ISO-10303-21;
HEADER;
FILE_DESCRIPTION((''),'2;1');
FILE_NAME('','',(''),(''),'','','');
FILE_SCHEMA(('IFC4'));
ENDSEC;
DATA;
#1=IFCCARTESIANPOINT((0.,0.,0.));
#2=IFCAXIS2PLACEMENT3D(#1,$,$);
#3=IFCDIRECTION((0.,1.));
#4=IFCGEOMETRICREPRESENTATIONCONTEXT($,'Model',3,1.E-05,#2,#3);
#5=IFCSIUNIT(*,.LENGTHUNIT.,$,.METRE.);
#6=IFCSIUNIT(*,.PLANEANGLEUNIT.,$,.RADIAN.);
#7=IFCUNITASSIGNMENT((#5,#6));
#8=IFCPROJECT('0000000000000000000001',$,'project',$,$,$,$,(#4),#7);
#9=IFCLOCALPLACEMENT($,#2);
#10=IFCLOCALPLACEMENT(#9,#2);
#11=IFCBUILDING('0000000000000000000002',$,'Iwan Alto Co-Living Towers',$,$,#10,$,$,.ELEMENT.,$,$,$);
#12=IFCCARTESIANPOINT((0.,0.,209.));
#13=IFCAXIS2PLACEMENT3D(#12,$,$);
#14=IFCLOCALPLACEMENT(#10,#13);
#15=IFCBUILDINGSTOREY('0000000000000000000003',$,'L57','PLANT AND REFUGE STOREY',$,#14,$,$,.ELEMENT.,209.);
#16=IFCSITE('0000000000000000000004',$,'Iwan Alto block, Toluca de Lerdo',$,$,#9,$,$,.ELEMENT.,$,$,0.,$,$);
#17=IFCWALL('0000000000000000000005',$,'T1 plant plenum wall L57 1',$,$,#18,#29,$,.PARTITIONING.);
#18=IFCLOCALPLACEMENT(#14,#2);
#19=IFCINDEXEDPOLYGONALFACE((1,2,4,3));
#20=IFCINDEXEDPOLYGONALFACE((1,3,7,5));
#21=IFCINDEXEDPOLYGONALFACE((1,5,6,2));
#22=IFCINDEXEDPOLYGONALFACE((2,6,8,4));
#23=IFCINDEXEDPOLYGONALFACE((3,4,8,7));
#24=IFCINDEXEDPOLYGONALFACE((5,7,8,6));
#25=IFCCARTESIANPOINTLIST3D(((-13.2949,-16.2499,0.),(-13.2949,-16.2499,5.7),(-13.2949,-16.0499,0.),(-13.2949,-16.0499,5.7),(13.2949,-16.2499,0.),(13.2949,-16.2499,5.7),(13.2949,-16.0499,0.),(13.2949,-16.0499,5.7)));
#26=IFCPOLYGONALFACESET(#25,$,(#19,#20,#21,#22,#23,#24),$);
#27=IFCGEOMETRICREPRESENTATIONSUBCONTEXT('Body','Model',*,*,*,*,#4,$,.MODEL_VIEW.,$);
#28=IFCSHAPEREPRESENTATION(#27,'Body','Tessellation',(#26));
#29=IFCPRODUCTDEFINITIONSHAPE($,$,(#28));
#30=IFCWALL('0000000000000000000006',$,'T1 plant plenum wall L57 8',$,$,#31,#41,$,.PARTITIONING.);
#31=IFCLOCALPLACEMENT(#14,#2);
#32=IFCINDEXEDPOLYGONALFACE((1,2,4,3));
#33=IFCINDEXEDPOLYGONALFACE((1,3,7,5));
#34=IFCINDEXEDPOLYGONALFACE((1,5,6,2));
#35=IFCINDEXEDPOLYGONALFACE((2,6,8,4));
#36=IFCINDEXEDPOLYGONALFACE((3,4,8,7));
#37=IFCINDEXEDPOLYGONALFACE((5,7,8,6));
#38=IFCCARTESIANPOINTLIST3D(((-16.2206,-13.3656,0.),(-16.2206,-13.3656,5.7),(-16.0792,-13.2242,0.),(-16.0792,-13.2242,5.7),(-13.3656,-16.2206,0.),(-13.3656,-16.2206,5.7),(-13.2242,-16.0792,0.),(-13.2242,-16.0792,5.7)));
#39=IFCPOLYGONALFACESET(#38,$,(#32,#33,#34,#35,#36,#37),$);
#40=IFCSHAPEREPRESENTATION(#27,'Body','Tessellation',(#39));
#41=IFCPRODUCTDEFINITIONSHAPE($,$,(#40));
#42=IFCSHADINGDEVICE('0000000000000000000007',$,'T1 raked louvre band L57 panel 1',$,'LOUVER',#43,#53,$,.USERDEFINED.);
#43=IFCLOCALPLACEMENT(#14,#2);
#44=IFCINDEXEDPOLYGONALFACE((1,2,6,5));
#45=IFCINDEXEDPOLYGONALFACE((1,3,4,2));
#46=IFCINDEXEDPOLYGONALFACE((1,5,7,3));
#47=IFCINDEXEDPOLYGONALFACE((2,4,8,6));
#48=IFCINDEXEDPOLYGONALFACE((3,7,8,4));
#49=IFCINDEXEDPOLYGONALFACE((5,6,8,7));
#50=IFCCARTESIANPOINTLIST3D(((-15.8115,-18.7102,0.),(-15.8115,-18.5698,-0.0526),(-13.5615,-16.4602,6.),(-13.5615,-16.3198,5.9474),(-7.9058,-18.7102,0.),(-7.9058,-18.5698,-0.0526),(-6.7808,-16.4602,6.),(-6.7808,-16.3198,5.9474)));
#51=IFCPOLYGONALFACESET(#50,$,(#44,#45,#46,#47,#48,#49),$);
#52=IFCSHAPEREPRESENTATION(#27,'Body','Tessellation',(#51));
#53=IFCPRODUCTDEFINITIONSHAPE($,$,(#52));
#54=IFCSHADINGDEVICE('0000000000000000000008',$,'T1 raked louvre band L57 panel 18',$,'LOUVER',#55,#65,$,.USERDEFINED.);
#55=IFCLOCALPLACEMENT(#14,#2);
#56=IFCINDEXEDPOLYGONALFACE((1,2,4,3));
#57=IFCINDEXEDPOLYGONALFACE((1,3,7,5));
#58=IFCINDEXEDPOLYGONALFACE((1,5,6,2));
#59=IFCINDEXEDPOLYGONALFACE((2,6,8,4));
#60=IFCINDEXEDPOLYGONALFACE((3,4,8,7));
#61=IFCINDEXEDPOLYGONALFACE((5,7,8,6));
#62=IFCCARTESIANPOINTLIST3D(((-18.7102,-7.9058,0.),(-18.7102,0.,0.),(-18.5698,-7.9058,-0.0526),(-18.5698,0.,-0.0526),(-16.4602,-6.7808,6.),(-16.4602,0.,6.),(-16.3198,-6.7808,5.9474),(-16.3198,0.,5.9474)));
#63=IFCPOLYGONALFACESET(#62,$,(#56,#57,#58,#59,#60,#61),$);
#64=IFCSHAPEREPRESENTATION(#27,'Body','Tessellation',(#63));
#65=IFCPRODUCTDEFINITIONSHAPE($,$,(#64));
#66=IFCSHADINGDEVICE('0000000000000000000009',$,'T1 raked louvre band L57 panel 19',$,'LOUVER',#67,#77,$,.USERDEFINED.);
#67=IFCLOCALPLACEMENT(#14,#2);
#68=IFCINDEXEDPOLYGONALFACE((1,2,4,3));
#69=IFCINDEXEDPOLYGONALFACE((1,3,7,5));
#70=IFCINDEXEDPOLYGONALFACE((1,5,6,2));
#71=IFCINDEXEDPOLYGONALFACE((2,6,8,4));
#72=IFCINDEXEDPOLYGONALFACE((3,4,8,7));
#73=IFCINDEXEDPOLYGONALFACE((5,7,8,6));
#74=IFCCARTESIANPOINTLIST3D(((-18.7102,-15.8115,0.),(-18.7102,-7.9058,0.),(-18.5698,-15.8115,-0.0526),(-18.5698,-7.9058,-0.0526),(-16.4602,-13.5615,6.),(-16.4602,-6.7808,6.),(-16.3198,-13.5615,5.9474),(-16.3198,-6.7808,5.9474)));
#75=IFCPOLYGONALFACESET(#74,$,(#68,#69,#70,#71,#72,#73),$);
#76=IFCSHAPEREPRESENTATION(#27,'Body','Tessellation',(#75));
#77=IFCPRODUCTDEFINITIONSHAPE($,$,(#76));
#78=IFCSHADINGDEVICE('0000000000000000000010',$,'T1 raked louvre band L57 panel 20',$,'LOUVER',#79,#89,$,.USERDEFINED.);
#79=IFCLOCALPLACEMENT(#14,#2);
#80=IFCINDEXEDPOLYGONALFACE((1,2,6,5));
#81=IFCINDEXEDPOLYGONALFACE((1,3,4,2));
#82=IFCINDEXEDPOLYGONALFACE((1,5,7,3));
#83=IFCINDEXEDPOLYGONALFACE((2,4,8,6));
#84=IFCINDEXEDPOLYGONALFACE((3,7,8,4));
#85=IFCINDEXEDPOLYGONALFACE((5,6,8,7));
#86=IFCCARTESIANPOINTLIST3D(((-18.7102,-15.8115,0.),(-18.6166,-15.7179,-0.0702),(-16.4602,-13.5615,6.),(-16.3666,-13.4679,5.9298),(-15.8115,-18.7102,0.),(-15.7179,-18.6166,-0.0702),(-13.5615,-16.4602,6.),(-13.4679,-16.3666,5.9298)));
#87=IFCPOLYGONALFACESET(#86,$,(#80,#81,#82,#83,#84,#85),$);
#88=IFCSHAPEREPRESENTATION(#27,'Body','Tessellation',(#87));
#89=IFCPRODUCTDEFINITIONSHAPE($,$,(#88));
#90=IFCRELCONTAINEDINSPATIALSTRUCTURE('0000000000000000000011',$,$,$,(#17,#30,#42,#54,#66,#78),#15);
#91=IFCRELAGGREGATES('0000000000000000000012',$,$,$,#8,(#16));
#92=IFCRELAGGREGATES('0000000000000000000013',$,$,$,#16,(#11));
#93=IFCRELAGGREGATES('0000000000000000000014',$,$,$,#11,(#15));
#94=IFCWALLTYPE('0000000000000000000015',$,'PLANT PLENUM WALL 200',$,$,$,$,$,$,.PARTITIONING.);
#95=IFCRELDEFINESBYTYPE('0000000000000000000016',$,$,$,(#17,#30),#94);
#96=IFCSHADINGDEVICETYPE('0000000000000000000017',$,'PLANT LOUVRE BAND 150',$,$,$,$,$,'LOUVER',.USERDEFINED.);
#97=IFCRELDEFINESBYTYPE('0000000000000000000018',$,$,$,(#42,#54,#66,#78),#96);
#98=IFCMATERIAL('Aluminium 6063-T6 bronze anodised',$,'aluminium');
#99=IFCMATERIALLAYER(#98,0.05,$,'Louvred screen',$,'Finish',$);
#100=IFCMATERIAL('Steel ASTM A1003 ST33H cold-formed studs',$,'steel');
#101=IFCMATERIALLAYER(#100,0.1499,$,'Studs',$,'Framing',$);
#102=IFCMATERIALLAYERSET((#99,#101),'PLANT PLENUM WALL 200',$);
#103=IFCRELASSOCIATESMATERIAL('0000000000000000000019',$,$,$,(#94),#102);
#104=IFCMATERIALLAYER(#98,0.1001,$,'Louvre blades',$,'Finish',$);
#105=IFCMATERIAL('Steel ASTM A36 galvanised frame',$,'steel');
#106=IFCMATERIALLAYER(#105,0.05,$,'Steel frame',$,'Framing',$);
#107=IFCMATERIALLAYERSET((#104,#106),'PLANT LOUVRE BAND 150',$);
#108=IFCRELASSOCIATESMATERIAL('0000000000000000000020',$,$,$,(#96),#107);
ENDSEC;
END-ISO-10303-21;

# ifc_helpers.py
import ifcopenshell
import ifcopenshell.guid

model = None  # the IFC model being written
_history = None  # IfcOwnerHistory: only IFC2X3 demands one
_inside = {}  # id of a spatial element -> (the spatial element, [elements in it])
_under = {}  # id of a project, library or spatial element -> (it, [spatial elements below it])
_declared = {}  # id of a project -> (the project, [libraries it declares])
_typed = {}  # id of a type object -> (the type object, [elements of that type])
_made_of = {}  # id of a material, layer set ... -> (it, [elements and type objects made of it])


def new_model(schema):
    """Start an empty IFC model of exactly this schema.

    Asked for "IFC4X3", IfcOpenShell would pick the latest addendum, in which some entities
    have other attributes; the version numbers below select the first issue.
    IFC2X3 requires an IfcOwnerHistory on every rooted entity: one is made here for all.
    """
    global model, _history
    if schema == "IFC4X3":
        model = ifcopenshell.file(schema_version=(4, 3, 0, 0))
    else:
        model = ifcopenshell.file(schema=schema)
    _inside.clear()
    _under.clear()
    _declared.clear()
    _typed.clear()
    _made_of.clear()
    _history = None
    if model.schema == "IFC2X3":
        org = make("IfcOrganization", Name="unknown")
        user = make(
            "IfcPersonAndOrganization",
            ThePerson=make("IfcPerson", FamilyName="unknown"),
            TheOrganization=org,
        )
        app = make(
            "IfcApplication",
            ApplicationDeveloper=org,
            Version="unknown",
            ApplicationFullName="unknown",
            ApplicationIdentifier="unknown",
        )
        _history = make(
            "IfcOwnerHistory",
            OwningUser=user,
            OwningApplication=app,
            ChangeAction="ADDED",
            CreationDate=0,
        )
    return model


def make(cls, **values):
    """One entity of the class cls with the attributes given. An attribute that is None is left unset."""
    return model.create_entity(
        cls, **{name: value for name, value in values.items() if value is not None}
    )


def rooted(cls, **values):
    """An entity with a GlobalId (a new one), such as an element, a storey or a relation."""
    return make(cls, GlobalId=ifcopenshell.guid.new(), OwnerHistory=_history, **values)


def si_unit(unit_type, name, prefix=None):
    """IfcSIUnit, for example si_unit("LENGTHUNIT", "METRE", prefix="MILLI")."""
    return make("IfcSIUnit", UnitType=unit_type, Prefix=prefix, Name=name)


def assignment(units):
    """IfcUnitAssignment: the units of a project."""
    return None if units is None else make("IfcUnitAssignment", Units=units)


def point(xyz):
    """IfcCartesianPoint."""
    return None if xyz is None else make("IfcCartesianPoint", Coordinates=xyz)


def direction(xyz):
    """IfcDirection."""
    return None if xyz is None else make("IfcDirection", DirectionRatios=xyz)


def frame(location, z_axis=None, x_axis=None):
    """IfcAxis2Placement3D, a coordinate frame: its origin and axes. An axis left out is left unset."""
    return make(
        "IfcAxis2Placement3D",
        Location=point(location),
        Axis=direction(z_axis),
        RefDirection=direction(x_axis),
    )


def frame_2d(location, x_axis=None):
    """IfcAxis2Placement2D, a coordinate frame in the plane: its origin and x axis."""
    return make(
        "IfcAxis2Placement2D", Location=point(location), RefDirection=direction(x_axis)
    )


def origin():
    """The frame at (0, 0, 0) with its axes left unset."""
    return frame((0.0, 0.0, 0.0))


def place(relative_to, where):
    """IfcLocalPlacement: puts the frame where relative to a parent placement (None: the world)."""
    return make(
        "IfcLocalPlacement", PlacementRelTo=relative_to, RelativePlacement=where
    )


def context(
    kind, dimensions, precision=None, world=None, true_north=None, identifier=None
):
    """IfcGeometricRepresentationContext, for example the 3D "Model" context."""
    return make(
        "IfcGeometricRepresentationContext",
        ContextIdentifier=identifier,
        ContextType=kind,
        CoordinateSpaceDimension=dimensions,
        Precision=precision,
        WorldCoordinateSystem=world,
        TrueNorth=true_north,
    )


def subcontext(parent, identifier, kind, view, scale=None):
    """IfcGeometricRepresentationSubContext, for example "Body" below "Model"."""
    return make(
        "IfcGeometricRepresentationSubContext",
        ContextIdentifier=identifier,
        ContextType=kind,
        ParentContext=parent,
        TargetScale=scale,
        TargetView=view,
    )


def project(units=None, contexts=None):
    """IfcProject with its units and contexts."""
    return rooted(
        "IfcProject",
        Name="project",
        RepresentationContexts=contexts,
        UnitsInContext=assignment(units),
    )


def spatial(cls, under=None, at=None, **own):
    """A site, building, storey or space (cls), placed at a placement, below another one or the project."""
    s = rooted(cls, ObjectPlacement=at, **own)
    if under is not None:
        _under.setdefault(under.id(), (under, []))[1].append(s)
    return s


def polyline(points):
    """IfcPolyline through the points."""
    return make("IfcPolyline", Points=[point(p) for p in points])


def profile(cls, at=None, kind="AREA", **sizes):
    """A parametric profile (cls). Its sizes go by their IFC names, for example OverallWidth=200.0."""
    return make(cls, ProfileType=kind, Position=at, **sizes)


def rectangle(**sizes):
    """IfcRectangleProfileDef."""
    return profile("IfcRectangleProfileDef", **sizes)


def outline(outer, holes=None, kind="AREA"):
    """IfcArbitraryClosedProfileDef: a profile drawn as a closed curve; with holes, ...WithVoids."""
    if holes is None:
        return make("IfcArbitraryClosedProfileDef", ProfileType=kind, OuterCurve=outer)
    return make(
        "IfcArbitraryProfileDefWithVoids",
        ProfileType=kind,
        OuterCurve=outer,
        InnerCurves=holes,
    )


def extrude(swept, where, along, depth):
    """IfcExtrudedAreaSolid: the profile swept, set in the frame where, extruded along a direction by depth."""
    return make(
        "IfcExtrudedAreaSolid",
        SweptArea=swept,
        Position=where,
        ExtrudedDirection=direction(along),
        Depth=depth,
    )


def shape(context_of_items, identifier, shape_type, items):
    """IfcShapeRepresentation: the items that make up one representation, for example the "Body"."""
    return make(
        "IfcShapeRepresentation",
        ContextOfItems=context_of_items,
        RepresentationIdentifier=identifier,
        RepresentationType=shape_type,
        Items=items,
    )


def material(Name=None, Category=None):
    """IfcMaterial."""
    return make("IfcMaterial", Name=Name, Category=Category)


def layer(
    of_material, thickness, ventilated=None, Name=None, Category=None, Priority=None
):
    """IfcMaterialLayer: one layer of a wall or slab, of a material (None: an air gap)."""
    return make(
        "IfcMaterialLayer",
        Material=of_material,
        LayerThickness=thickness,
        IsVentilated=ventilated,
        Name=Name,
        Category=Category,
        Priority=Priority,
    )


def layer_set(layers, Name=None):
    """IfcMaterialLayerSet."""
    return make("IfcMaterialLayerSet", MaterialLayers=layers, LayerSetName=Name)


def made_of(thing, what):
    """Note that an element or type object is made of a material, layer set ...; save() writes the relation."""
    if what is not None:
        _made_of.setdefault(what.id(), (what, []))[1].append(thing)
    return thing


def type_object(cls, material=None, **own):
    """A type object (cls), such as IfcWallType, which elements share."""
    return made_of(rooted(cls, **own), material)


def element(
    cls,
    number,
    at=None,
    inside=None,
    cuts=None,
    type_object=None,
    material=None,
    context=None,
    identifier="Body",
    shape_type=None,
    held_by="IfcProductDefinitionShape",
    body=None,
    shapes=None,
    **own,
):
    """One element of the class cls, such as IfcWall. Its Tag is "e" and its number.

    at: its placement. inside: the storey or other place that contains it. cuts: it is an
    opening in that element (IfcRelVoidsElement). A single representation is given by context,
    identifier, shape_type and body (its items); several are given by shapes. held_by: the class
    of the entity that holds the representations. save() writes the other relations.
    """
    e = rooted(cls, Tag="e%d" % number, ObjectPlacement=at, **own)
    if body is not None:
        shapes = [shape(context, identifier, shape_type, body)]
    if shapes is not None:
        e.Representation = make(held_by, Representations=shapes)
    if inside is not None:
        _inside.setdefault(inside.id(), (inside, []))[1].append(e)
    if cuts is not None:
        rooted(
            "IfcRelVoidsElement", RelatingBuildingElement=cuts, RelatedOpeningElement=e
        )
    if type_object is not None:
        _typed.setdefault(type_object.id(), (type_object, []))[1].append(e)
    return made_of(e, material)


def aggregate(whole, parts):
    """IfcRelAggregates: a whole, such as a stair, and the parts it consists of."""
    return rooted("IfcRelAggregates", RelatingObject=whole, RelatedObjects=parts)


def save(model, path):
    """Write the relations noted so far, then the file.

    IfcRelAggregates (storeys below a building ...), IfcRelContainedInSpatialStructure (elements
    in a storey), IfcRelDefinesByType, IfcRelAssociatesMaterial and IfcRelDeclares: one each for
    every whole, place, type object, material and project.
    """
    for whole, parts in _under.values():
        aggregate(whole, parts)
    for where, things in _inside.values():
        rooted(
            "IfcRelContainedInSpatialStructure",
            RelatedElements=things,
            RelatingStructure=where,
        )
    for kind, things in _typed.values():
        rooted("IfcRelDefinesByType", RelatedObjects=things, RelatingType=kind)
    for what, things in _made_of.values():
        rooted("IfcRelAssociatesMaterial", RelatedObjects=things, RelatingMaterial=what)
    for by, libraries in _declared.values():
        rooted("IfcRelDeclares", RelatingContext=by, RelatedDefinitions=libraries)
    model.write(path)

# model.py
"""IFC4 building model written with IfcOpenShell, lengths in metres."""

from ifc_helpers import new_model, si_unit, direction, frame, frame_2d, origin, place, context, subcontext, project, spatial, polyline, rectangle, outline, extrude, material, layer, layer_set, type_object, element, save


model = new_model("IFC4")

# Units and contexts
model_context = context("Model", 3, precision=1e-05, world=origin(), true_north=direction((0.0, 1.0)))
body_context = subcontext(model_context, "Body", "Model", "MODEL_VIEW")
ifc_project = project(units=[si_unit("LENGTHUNIT", "METRE"), si_unit("PLANEANGLEUNIT", "RADIAN")], contexts=[model_context])

# Site, building, storey
site_placement = place(None, origin())
site = spatial("IfcSite", under=ifc_project, at=site_placement, Name="Iwan Alto block, Toluca de Lerdo", CompositionType="ELEMENT", RefElevation=0.0)
building_placement = place(site_placement, origin())
building = spatial("IfcBuilding", under=site, at=building_placement, Name="Iwan Alto Co-Living Towers", CompositionType="ELEMENT")
storey_placement = place(building_placement, frame((0.0, 0.0, 209.0)))
storey = spatial("IfcBuildingStorey", under=building, at=storey_placement, Name="L57", Description="PLANT AND REFUGE STOREY", CompositionType="ELEMENT", Elevation=209.0)

# Shared definitions
ifc_material_1 = material(Name="Steel ASTM A1003 ST33H cold-formed studs", Category="steel")

# Walls
ifc_material_2 = material(Name="Aluminium 6063-T6 bronze anodised", Category="aluminium")
ifc_layer_1 = layer(ifc_material_2, 0.05, Name="Louvred screen", Category="Finish")
ifc_layer_2 = layer(ifc_material_1, 0.1499, Name="Studs", Category="Framing")
ifc_layer_set_1 = layer_set([ifc_layer_1, ifc_layer_2], Name="PLANT PLENUM WALL 200")
wall_type_1 = type_object("IfcWallType", Name="PLANT PLENUM WALL 200", PredefinedType="PARTITIONING", material=ifc_layer_set_1)
wall_1_placement = place(storey_placement, frame((-13.2949, -16.1499, 0.0), z_axis=(0.0, 0.0, 1.0), x_axis=(1.0, 0.0, 0.0)))
element("IfcWall", 1, at=wall_1_placement, inside=storey, type_object=wall_type_1, Name="T1 plant plenum wall L57 1", PredefinedType="PARTITIONING", context=body_context, shape_type="SweptSolid", body=[
    extrude(rectangle(XDim=26.5898, YDim=0.2, at=frame_2d((13.2949, 0.0))), origin(), (0.0, 0.0, 1.0), 5.7),
])
wall_2_placement = place(storey_placement, frame((-16.1499, -13.2949, 0.0), z_axis=(0.0, 0.0, 1.0), x_axis=(0.707107, -0.707107, 0.0)))
element("IfcWall", 2, at=wall_2_placement, inside=storey, type_object=wall_type_1, Name="T1 plant plenum wall L57 8", PredefinedType="PARTITIONING", context=body_context, shape_type="SweptSolid", body=[
    extrude(rectangle(XDim=4.0376, YDim=0.2, at=frame_2d((2.0188, 0.0))), origin(), (0.0, 0.0, 1.0), 5.7),
])

# Shading devices
ifc_layer_3 = layer(ifc_material_2, 0.1001, Name="Louvre blades", Category="Finish")
ifc_material_3 = material(Name="Steel ASTM A36 galvanised frame", Category="steel")
ifc_layer_4 = layer(ifc_material_3, 0.05, Name="Steel frame", Category="Framing")
ifc_layer_set_2 = layer_set([ifc_layer_3, ifc_layer_4], Name="PLANT LOUVRE BAND 150")
shading_device_type = type_object("IfcShadingDeviceType", Name="PLANT LOUVRE BAND 150", ElementType="LOUVER", PredefinedType="USERDEFINED", material=ifc_layer_set_2)
shading_device_1_placement = place(storey_placement, frame((-15.8115, -18.7102, 0.0), z_axis=(0.0, -0.936329, 0.351123), x_axis=(1.0, 0.0, 0.0)))
element("IfcShadingDevice", 3, at=shading_device_1_placement, inside=storey, type_object=shading_device_type, Name="T1 raked louvre band L57 panel 1", ObjectType="LOUVER", PredefinedType="USERDEFINED", context=body_context, shape_type="SweptSolid", body=[
    extrude(outline(polyline([(0.0, 0.0), (7.9058, 0.0), (9.0308, 6.408), (2.25, 6.408), (0.0, 0.0)])), origin(), (0.0, 0.0, -1.0), 0.1499),
])
shading_device_2_placement = place(storey_placement, frame((-18.7102, 0.0, 0.0), z_axis=(-0.936329, 0.0, 0.351123), x_axis=(0.0, -1.0, 0.0)))
element("IfcShadingDevice", 4, at=shading_device_2_placement, inside=storey, type_object=shading_device_type, Name="T1 raked louvre band L57 panel 18", ObjectType="LOUVER", PredefinedType="USERDEFINED", context=body_context, shape_type="SweptSolid", body=[
    extrude(outline(polyline([(0.0, 0.0), (7.9058, 0.0), (6.7808, 6.408), (0.0, 6.408), (0.0, 0.0)])), origin(), (0.0, 0.0, -1.0), 0.1499),
])
shading_device_3_placement = place(storey_placement, frame((-18.7102, -7.9058, 0.0), z_axis=(-0.936329, 0.0, 0.351123), x_axis=(0.0, -1.0, 0.0)))
element("IfcShadingDevice", 5, at=shading_device_3_placement, inside=storey, type_object=shading_device_type, Name="T1 raked louvre band L57 panel 19", ObjectType="LOUVER", PredefinedType="USERDEFINED", context=body_context, shape_type="SweptSolid", body=[
    extrude(outline(polyline([(0.0, 0.0), (7.9058, 0.0), (5.6558, 6.408), (-1.125, 6.408), (0.0, 0.0)])), origin(), (0.0, 0.0, -1.0), 0.1499),
])
shading_device_4_placement = place(storey_placement, frame((-18.7102, -15.8115, 0.0), z_axis=(-0.624695, -0.624695, 0.468521), x_axis=(0.707107, -0.707107, 0.0)))
element("IfcShadingDevice", 6, at=shading_device_4_placement, inside=storey, type_object=shading_device_type, Name="T1 raked louvre band L57 panel 20", ObjectType="LOUVER", PredefinedType="USERDEFINED", context=body_context, shape_type="SweptSolid", body=[
    extrude(outline(polyline([(0.0, 0.0), (4.0994, 0.0), (4.0994, 6.7915), (0.0, 6.7915), (0.0, 0.0)])), origin(), (0.0, 0.0, -1.0), 0.1499),
])

save(model, "model.ifc")
